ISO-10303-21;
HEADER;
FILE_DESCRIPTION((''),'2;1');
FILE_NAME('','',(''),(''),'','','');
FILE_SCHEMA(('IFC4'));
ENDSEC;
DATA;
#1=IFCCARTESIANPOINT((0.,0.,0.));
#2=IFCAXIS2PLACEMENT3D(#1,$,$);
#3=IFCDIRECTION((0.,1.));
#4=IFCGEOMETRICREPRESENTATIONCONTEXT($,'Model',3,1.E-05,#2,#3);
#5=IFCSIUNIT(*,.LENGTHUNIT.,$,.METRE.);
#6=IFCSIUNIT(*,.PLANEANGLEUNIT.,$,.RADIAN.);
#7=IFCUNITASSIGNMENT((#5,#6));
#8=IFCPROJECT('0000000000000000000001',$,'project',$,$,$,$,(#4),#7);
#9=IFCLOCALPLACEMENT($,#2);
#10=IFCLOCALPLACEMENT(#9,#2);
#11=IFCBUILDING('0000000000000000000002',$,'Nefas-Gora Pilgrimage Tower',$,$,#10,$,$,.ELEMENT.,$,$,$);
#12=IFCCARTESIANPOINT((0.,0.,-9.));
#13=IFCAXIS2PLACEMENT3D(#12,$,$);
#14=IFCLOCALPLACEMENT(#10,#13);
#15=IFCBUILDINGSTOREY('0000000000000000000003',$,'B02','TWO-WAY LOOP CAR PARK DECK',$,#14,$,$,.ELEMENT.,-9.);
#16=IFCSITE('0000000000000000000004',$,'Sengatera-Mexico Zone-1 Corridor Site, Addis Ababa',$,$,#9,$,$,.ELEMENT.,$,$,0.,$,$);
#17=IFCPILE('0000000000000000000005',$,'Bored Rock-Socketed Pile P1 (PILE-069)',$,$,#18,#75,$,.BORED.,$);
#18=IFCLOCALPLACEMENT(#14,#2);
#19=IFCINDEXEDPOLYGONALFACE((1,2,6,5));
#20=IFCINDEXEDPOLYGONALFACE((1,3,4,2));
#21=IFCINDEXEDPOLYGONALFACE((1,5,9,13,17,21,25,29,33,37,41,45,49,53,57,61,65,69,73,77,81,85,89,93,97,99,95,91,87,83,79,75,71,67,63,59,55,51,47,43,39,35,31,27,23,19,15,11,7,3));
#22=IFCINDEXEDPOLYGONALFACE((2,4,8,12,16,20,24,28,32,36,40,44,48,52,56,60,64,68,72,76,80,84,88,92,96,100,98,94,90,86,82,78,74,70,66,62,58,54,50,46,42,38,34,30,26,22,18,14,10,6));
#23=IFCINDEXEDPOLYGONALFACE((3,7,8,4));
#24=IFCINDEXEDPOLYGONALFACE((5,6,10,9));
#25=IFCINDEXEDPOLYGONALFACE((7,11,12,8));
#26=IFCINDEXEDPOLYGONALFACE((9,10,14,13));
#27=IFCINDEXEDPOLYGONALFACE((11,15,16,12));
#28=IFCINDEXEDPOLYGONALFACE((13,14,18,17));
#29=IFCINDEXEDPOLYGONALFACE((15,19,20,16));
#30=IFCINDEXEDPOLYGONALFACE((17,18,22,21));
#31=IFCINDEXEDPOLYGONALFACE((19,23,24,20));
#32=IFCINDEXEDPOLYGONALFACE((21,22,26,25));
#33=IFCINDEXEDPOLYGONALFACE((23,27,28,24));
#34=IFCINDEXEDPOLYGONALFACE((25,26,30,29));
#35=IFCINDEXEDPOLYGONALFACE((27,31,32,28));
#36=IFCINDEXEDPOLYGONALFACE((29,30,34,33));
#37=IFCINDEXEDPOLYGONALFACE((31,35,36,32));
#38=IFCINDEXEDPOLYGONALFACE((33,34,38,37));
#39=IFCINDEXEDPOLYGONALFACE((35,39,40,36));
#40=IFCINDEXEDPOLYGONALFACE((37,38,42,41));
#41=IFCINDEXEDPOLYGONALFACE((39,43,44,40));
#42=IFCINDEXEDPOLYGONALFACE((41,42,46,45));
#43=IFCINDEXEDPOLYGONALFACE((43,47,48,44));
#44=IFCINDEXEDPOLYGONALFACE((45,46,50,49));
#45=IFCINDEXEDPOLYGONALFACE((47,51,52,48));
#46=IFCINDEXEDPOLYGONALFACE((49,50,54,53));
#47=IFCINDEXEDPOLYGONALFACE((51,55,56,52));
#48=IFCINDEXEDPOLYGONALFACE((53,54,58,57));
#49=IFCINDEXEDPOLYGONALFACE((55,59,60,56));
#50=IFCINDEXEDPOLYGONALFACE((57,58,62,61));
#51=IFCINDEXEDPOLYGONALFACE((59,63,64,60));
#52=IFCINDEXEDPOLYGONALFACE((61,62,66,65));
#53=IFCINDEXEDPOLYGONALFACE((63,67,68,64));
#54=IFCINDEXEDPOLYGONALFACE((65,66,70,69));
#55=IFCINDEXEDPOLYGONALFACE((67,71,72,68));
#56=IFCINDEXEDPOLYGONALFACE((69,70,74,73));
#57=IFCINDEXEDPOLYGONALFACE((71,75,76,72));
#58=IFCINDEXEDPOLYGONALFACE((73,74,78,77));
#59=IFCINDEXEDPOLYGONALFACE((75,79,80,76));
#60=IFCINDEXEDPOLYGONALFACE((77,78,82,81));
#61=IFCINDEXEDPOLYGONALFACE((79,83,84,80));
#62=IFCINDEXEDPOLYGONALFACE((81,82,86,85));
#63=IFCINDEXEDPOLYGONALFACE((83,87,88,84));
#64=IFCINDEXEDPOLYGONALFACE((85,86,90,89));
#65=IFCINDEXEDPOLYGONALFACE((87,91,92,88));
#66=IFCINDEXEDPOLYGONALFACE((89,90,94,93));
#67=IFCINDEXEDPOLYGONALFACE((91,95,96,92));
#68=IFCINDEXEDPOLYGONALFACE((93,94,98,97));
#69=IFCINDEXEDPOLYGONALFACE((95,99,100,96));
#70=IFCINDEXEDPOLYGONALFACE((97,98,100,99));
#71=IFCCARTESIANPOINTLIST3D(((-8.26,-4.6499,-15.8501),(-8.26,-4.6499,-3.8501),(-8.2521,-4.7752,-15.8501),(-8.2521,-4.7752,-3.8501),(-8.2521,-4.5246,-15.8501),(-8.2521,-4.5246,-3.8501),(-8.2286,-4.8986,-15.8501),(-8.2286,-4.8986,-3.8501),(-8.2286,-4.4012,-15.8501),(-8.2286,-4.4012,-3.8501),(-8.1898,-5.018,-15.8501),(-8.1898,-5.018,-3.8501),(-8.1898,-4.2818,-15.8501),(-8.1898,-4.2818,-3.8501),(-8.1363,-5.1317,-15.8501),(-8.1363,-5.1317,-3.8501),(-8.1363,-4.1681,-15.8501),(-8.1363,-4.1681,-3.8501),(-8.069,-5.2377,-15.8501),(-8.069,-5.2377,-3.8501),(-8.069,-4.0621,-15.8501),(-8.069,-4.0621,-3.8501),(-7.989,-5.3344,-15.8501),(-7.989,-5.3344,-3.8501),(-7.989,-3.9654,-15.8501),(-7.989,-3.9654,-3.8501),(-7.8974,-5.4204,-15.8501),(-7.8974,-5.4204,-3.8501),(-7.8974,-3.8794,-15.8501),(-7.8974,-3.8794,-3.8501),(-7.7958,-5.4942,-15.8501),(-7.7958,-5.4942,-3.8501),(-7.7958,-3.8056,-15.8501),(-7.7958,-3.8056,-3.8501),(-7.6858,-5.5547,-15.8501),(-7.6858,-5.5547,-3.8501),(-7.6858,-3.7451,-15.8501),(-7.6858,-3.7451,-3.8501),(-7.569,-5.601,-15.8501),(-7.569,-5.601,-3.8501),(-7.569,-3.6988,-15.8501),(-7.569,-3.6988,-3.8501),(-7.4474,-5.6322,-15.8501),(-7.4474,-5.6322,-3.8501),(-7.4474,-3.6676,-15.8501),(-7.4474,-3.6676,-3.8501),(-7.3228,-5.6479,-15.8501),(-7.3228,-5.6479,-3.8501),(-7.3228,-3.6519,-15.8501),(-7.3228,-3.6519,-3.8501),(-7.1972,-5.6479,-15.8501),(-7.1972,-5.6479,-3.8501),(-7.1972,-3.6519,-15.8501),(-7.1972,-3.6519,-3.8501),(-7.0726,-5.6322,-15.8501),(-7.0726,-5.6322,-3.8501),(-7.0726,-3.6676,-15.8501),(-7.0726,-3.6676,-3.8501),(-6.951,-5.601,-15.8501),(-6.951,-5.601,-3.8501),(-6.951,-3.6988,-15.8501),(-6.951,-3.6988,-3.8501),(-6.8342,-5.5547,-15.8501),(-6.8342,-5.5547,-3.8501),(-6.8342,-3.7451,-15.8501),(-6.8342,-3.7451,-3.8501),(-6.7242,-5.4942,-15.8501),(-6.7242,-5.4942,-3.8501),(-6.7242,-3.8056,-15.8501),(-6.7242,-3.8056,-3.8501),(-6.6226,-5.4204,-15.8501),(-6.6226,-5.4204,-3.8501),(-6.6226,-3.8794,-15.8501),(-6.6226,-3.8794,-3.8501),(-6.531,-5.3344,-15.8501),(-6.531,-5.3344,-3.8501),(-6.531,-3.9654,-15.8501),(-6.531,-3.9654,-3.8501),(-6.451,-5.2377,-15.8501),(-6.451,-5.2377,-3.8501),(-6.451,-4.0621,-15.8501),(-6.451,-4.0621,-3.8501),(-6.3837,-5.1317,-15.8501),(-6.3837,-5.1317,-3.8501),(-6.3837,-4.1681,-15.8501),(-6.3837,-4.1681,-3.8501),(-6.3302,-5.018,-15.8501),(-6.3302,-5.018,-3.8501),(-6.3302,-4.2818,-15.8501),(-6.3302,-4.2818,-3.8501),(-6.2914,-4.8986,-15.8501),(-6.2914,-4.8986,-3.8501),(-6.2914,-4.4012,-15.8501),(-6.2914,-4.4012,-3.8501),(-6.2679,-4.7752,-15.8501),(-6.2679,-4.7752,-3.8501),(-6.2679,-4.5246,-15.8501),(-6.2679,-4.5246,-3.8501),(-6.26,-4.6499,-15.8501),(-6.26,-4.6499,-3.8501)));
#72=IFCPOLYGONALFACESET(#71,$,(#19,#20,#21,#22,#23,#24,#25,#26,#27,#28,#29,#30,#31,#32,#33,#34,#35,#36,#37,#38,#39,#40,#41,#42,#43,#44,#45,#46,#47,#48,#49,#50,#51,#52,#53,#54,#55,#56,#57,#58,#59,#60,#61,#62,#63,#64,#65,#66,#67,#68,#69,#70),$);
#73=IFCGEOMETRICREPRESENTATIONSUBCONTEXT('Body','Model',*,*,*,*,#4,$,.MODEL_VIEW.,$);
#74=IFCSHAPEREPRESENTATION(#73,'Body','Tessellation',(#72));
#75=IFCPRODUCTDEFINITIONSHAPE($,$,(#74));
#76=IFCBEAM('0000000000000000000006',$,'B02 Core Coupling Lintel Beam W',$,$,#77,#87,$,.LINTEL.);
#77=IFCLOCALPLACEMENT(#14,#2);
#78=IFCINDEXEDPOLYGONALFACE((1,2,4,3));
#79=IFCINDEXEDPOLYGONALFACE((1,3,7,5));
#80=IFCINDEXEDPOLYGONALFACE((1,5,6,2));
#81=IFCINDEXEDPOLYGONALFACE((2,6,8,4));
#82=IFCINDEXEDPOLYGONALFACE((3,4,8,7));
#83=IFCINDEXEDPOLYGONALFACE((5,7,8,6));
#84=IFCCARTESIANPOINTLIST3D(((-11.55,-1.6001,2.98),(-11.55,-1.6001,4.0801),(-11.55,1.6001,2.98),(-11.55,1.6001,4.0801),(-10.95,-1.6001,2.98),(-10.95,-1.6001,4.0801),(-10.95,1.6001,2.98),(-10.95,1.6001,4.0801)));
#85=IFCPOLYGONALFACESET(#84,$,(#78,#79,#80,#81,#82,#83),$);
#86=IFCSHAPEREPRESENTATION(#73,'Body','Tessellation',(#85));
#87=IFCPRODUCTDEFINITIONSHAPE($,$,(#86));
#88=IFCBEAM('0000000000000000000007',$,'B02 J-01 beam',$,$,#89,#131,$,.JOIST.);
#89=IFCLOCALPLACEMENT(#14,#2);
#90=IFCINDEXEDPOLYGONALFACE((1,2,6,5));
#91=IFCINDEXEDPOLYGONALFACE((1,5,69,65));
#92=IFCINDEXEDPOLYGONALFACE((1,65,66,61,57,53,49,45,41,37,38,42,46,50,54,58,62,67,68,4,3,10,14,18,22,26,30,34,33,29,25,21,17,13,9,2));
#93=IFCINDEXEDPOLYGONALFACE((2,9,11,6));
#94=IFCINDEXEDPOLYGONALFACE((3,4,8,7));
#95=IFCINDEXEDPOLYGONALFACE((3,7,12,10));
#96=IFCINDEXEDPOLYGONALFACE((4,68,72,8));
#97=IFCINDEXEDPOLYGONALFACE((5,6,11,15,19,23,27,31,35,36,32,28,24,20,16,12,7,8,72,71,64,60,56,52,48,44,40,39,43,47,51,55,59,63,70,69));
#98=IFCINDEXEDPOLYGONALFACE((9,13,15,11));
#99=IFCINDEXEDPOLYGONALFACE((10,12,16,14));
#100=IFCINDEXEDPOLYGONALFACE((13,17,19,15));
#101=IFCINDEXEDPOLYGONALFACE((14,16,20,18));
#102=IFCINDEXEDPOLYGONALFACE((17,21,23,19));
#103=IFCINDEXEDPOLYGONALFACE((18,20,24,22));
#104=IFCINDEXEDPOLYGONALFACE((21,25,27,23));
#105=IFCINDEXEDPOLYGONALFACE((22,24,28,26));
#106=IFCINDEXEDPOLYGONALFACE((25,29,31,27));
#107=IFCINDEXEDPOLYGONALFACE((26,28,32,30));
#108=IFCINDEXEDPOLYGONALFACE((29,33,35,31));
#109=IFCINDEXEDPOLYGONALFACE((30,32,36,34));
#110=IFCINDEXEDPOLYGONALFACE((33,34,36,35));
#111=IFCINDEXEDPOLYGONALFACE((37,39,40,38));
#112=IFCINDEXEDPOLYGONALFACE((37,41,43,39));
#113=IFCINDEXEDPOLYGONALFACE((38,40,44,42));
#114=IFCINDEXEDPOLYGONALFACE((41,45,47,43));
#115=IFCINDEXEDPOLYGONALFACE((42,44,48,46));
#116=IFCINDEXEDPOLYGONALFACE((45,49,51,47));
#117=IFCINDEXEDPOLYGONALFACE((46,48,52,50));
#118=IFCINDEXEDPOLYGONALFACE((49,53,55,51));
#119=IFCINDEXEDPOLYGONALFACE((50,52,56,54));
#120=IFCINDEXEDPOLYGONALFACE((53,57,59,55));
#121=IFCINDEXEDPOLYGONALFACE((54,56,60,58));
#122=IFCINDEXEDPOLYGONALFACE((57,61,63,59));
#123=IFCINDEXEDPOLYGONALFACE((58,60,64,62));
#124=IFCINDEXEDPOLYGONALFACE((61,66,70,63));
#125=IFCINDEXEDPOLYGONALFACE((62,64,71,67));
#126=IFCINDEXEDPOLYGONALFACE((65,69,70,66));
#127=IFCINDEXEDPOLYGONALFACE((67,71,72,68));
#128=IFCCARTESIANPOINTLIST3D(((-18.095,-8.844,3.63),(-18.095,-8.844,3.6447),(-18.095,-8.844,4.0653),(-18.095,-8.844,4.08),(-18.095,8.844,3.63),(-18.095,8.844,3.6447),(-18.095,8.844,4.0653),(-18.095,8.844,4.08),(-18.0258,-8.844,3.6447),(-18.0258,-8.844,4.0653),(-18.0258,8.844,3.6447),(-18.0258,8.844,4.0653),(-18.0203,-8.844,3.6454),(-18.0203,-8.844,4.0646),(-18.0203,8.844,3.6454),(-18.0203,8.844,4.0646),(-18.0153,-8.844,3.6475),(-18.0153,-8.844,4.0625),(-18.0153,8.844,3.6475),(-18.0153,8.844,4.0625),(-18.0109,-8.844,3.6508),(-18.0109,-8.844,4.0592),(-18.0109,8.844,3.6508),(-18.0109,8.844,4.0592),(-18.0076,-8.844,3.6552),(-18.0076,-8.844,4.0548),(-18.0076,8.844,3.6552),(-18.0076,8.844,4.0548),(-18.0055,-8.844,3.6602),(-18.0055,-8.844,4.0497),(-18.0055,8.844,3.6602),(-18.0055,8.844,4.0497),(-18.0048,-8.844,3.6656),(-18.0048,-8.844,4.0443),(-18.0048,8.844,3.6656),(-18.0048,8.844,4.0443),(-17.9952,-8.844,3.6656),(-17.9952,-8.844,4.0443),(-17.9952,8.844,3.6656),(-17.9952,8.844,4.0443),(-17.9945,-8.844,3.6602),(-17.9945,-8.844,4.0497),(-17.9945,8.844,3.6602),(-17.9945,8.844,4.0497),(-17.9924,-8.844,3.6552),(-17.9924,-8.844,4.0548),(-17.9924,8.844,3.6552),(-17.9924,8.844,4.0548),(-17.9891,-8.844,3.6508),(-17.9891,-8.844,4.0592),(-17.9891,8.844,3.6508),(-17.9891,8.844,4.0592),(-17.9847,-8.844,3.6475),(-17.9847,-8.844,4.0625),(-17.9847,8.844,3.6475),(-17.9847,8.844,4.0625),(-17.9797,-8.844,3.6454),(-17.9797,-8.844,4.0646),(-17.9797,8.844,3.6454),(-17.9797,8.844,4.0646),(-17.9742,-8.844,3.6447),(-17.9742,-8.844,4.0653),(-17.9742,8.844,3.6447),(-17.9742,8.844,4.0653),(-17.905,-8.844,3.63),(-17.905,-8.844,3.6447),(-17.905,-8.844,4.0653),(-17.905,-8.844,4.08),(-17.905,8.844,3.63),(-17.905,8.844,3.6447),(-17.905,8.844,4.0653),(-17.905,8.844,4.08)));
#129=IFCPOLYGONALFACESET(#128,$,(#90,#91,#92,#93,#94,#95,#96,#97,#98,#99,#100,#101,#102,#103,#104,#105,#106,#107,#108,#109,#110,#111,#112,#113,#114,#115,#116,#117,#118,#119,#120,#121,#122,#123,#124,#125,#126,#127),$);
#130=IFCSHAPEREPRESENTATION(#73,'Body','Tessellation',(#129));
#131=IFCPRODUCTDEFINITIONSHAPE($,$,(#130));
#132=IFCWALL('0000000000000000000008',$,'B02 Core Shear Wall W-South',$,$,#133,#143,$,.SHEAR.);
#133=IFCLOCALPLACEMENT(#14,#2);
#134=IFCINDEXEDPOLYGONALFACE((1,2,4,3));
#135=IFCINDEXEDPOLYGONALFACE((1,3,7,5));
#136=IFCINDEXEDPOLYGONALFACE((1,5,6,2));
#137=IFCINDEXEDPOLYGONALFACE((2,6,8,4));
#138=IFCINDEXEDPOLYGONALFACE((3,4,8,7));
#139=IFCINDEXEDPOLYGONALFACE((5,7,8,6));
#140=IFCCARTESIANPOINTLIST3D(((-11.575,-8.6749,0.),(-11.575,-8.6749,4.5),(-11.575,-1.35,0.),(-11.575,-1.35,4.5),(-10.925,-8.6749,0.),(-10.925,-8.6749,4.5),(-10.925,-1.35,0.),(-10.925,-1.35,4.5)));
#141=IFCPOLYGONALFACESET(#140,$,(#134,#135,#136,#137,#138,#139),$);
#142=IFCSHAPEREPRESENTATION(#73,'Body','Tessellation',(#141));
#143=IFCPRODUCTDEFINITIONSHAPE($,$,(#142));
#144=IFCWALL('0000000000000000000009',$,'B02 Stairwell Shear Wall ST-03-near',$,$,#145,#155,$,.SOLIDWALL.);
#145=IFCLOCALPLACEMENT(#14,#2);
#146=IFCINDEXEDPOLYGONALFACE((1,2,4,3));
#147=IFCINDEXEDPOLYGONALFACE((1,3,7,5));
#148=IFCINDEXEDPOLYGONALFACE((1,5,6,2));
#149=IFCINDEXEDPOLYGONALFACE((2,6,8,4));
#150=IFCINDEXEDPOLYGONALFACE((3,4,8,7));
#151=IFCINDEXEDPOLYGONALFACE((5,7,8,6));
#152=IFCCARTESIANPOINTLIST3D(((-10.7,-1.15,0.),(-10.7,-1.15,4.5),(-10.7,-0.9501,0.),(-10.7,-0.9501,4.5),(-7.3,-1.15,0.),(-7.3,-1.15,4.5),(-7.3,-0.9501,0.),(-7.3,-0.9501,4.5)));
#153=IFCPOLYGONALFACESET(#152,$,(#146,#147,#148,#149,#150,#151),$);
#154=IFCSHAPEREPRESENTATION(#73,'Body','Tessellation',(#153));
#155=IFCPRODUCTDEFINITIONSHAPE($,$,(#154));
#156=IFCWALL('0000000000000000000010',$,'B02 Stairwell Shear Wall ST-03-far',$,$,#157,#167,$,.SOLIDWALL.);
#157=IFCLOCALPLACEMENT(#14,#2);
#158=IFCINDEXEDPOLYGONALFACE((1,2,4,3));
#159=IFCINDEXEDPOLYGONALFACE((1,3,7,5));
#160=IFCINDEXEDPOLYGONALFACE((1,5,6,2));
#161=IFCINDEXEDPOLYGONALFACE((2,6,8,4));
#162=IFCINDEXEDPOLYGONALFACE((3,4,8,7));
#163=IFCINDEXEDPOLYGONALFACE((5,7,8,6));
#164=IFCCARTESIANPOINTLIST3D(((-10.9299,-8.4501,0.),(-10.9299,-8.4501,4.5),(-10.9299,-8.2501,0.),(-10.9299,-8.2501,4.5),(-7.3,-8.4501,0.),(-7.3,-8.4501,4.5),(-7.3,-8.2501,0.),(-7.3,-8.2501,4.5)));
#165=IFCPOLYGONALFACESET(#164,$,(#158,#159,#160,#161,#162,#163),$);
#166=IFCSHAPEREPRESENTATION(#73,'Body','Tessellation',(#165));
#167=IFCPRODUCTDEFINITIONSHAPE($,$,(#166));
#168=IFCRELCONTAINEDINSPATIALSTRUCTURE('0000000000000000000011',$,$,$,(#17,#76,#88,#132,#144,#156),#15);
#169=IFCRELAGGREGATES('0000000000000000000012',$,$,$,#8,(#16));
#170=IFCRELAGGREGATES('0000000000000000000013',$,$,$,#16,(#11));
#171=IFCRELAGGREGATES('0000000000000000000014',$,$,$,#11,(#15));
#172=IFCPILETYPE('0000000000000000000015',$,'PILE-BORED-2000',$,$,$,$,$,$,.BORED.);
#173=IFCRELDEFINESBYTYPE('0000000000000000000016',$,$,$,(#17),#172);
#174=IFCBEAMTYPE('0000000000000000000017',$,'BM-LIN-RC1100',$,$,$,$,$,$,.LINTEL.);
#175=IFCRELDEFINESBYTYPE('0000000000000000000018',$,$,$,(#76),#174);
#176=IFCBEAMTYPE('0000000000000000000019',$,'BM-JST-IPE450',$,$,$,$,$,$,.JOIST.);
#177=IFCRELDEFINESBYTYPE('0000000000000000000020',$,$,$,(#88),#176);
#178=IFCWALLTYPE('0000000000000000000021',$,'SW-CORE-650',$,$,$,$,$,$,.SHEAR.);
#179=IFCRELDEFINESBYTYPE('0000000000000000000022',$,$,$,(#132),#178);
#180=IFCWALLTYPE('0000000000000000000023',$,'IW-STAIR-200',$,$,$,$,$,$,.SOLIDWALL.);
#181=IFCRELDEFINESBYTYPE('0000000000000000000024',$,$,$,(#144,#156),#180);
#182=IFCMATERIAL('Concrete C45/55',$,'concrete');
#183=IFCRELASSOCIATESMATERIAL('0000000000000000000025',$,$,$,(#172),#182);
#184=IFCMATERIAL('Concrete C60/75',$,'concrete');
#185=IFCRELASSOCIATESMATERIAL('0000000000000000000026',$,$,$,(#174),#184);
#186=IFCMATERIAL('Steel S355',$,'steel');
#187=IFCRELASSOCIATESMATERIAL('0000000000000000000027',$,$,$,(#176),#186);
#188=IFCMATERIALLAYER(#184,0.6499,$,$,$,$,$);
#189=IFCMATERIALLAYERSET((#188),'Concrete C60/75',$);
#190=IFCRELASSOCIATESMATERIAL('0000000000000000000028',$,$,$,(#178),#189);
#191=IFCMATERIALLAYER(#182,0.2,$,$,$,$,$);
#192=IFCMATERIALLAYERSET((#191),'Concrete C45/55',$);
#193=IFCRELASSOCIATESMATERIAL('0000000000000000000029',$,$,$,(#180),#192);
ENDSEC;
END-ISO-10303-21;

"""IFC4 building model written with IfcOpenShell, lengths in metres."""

from ifc_helpers import new_model, si_unit, direction, frame, frame_2d, origin, origin_2d, place, context, subcontext, project, spatial, rectangle, circle, i_section, extrude, source, transform, mapped, material, layer, layer_set, material_profile, profile_set, type_object, element, save


model = new_model("IFC4")

# Units and contexts
model_context = context("Model", 3, precision=1e-05, world=origin(), true_north=direction((0.0, 1.0)))
body_context = subcontext(model_context, "Body", "Model", "MODEL_VIEW")
ifc_project = project(units=[si_unit("LENGTHUNIT", "METRE"), si_unit("PLANEANGLEUNIT", "RADIAN")], contexts=[model_context])

# Site, building, storey
site_placement = place(None, origin())
site = spatial("IfcSite", under=ifc_project, at=site_placement, Name="Sengatera-Mexico Zone-1 Corridor Site, Addis Ababa", CompositionType="ELEMENT", RefElevation=0.0)
building_placement = place(site_placement, origin())
building = spatial("IfcBuilding", under=site, at=building_placement, Name="Nefas-Gora Pilgrimage Tower", CompositionType="ELEMENT")
storey_placement = place(building_placement, frame((0.0, 0.0, -9.0)))
storey = spatial("IfcBuildingStorey", under=building, at=storey_placement, Name="B02", Description="TWO-WAY LOOP CAR PARK DECK", CompositionType="ELEMENT", Elevation=-9.0)

# Pile
ifc_material_1 = material(Name="Concrete C45/55", Category="concrete")
ifc_material_profile_1 = material_profile(ifc_material_1, circle(Radius=1.0, at=origin_2d()), Name="PILE D2000")
ifc_profile_set_1 = profile_set([ifc_material_profile_1], Name="Concrete C45/55")
pile_type_1 = type_object("IfcPileType", Name="PILE-BORED-2000", PredefinedType="BORED", material=ifc_profile_set_1)
shared_shape_1 = source(origin(), body_context, "Body", "SweptSolid", [
    extrude(circle(Radius=1.0, at=origin_2d()), origin(), (0.0, 0.0, 1.0), 12.0),
])
for number, where, z_axis, x_axis, name in (
    (1, (-7.26, -4.6499, -3.8501), (0.0, 0.0, -1.0), (1.0, 0.0, 0.0), "Bored Rock-Socketed Pile P1 (PILE-069)"),
):
    element("IfcPile", number, at=place(storey_placement, frame(where, z_axis=z_axis, x_axis=x_axis)), inside=storey, type_object=pile_type_1, Name=name, PredefinedType="BORED", context=body_context, shape_type="MappedRepresentation", body=[
        mapped(shared_shape_1, transform((0.0, 0.0, 0.0), x_axis=(1.0, 0.0, 0.0), y_axis=(0.0, 1.0, 0.0), z_axis=(0.0, 0.0, 1.0), scale=1.0)),
    ])

# Beams
ifc_material_2 = material(Name="Concrete C60/75", Category="concrete")
ifc_material_profile_2 = material_profile(ifc_material_2, rectangle(XDim=0.6001, YDim=1.1001, at=origin_2d()), Name="RC 600x1100")
ifc_profile_set_2 = profile_set([ifc_material_profile_2], Name="Concrete C60/75")
beam_type_1 = type_object("IfcBeamType", Name="BM-LIN-RC1100", PredefinedType="LINTEL", material=ifc_profile_set_2)
shared_shape_2 = source(origin(), body_context, "Body", "SweptSolid", [
    extrude(rectangle(XDim=0.6001, YDim=1.1001, at=origin_2d()), origin(), (0.0, 0.0, 1.0), 3.2002),
])
beam_1_placement = place(storey_placement, frame((-11.25, -1.6001, 3.53), z_axis=(0.0, 1.0, 0.0), x_axis=(-1.0, 0.0, 0.0)))
element("IfcBeam", 2, at=beam_1_placement, inside=storey, type_object=beam_type_1, Name="B02 Core Coupling Lintel Beam W", PredefinedType="LINTEL", context=body_context, shape_type="MappedRepresentation", body=[
    mapped(shared_shape_2, transform((0.0, 0.0, 0.0), x_axis=(1.0, 0.0, 0.0), y_axis=(0.0, 1.0, 0.0), z_axis=(0.0, 0.0, 1.0), scale=1.0)),
])
ifc_material_3 = material(Name="Steel S355", Category="steel")
ifc_material_profile_3 = material_profile(ifc_material_3, i_section(OverallWidth=0.1899, OverallDepth=0.45, WebThickness=0.0095, FlangeThickness=0.0146, FilletRadius=0.021, at=origin_2d()), Name="IPE 450")
ifc_profile_set_3 = profile_set([ifc_material_profile_3], Name="Steel S355")
beam_type_2 = type_object("IfcBeamType", Name="BM-JST-IPE450", PredefinedType="JOIST", material=ifc_profile_set_3)
shared_shape_3 = source(origin(), body_context, "Body", "SweptSolid", [
    extrude(i_section(OverallWidth=0.1899, OverallDepth=0.45, WebThickness=0.0095, FlangeThickness=0.0146, FilletRadius=0.021, at=origin_2d()), origin(), (0.0, 0.0, 1.0), 17.688),
])
beam_2_placement = place(storey_placement, frame((-18.0, -8.844, 3.855), z_axis=(0.0, 1.0, 0.0), x_axis=(-1.0, 0.0, 0.0)))
element("IfcBeam", 3, at=beam_2_placement, inside=storey, type_object=beam_type_2, Name="B02 J-01 beam", PredefinedType="JOIST", context=body_context, shape_type="MappedRepresentation", body=[
    mapped(shared_shape_3, transform((0.0, 0.0, 0.0), x_axis=(1.0, 0.0, 0.0), y_axis=(0.0, 1.0, 0.0), z_axis=(0.0, 0.0, 1.0), scale=1.0)),
])

# Walls
ifc_layer_1 = layer(ifc_material_2, 0.6499)
ifc_layer_set_1 = layer_set([ifc_layer_1], Name="Concrete C60/75")
wall_type_1 = type_object("IfcWallType", Name="SW-CORE-650", PredefinedType="SHEAR", material=ifc_layer_set_1)
shared_shape_4 = source(origin(), body_context, "Body", "SweptSolid", [
    extrude(rectangle(XDim=7.325, YDim=0.6499, at=frame_2d((3.6626, 0.0))), origin(), (0.0, 0.0, 1.0), 4.5),
])
wall_1_placement = place(storey_placement, frame((-11.25, -8.675, 0.0), z_axis=(0.0, 0.0, 1.0), x_axis=(0.0, 1.0, 0.0)))
element("IfcWall", 4, at=wall_1_placement, inside=storey, type_object=wall_type_1, Name="B02 Core Shear Wall W-South", PredefinedType="SHEAR", context=body_context, shape_type="MappedRepresentation", body=[
    mapped(shared_shape_4, transform((0.0, 0.0, 0.0), x_axis=(1.0, 0.0, 0.0), y_axis=(0.0, 1.0, 0.0), z_axis=(0.0, 0.0, 1.0), scale=1.0)),
])
ifc_layer_2 = layer(ifc_material_1, 0.2)
ifc_layer_set_2 = layer_set([ifc_layer_2], Name="Concrete C45/55")
wall_type_2 = type_object("IfcWallType", Name="IW-STAIR-200", PredefinedType="SOLIDWALL", material=ifc_layer_set_2)
shared_shape_5 = source(origin(), body_context, "Body", "SweptSolid", [
    extrude(rectangle(XDim=3.3999, YDim=0.2, at=frame_2d((1.7, 0.0))), origin(), (0.0, 0.0, 1.0), 4.5),
])
wall_2_placement = place(storey_placement, frame((-10.7, -1.05, 0.0), z_axis=(0.0, 0.0, 1.0), x_axis=(1.0, 0.0, 0.0)))
element("IfcWall", 5, at=wall_2_placement, inside=storey, type_object=wall_type_2, Name="B02 Stairwell Shear Wall ST-03-near", PredefinedType="SOLIDWALL", context=body_context, shape_type="MappedRepresentation", body=[
    mapped(shared_shape_5, transform((0.0, 0.0, 0.0), x_axis=(1.0, 0.0, 0.0), y_axis=(0.0, 1.0, 0.0), z_axis=(0.0, 0.0, 1.0), scale=1.0)),
])
shared_shape_6 = source(origin(), body_context, "Body", "SweptSolid", [
    extrude(rectangle(XDim=3.6299, YDim=0.2, at=frame_2d((1.8149, 0.0))), origin(), (0.0, 0.0, 1.0), 4.5),
])
wall_3_placement = place(storey_placement, frame((-10.9299, -8.3501, 0.0), z_axis=(0.0, 0.0, 1.0), x_axis=(1.0, 0.0, 0.0)))
element("IfcWall", 6, at=wall_3_placement, inside=storey, type_object=wall_type_2, Name="B02 Stairwell Shear Wall ST-03-far", PredefinedType="SOLIDWALL", context=body_context, shape_type="MappedRepresentation", body=[
    mapped(shared_shape_6, transform((0.0, 0.0, 0.0), x_axis=(1.0, 0.0, 0.0), y_axis=(0.0, 1.0, 0.0), z_axis=(0.0, 0.0, 1.0), scale=1.0)),
])

save(model, "model.ifc")
